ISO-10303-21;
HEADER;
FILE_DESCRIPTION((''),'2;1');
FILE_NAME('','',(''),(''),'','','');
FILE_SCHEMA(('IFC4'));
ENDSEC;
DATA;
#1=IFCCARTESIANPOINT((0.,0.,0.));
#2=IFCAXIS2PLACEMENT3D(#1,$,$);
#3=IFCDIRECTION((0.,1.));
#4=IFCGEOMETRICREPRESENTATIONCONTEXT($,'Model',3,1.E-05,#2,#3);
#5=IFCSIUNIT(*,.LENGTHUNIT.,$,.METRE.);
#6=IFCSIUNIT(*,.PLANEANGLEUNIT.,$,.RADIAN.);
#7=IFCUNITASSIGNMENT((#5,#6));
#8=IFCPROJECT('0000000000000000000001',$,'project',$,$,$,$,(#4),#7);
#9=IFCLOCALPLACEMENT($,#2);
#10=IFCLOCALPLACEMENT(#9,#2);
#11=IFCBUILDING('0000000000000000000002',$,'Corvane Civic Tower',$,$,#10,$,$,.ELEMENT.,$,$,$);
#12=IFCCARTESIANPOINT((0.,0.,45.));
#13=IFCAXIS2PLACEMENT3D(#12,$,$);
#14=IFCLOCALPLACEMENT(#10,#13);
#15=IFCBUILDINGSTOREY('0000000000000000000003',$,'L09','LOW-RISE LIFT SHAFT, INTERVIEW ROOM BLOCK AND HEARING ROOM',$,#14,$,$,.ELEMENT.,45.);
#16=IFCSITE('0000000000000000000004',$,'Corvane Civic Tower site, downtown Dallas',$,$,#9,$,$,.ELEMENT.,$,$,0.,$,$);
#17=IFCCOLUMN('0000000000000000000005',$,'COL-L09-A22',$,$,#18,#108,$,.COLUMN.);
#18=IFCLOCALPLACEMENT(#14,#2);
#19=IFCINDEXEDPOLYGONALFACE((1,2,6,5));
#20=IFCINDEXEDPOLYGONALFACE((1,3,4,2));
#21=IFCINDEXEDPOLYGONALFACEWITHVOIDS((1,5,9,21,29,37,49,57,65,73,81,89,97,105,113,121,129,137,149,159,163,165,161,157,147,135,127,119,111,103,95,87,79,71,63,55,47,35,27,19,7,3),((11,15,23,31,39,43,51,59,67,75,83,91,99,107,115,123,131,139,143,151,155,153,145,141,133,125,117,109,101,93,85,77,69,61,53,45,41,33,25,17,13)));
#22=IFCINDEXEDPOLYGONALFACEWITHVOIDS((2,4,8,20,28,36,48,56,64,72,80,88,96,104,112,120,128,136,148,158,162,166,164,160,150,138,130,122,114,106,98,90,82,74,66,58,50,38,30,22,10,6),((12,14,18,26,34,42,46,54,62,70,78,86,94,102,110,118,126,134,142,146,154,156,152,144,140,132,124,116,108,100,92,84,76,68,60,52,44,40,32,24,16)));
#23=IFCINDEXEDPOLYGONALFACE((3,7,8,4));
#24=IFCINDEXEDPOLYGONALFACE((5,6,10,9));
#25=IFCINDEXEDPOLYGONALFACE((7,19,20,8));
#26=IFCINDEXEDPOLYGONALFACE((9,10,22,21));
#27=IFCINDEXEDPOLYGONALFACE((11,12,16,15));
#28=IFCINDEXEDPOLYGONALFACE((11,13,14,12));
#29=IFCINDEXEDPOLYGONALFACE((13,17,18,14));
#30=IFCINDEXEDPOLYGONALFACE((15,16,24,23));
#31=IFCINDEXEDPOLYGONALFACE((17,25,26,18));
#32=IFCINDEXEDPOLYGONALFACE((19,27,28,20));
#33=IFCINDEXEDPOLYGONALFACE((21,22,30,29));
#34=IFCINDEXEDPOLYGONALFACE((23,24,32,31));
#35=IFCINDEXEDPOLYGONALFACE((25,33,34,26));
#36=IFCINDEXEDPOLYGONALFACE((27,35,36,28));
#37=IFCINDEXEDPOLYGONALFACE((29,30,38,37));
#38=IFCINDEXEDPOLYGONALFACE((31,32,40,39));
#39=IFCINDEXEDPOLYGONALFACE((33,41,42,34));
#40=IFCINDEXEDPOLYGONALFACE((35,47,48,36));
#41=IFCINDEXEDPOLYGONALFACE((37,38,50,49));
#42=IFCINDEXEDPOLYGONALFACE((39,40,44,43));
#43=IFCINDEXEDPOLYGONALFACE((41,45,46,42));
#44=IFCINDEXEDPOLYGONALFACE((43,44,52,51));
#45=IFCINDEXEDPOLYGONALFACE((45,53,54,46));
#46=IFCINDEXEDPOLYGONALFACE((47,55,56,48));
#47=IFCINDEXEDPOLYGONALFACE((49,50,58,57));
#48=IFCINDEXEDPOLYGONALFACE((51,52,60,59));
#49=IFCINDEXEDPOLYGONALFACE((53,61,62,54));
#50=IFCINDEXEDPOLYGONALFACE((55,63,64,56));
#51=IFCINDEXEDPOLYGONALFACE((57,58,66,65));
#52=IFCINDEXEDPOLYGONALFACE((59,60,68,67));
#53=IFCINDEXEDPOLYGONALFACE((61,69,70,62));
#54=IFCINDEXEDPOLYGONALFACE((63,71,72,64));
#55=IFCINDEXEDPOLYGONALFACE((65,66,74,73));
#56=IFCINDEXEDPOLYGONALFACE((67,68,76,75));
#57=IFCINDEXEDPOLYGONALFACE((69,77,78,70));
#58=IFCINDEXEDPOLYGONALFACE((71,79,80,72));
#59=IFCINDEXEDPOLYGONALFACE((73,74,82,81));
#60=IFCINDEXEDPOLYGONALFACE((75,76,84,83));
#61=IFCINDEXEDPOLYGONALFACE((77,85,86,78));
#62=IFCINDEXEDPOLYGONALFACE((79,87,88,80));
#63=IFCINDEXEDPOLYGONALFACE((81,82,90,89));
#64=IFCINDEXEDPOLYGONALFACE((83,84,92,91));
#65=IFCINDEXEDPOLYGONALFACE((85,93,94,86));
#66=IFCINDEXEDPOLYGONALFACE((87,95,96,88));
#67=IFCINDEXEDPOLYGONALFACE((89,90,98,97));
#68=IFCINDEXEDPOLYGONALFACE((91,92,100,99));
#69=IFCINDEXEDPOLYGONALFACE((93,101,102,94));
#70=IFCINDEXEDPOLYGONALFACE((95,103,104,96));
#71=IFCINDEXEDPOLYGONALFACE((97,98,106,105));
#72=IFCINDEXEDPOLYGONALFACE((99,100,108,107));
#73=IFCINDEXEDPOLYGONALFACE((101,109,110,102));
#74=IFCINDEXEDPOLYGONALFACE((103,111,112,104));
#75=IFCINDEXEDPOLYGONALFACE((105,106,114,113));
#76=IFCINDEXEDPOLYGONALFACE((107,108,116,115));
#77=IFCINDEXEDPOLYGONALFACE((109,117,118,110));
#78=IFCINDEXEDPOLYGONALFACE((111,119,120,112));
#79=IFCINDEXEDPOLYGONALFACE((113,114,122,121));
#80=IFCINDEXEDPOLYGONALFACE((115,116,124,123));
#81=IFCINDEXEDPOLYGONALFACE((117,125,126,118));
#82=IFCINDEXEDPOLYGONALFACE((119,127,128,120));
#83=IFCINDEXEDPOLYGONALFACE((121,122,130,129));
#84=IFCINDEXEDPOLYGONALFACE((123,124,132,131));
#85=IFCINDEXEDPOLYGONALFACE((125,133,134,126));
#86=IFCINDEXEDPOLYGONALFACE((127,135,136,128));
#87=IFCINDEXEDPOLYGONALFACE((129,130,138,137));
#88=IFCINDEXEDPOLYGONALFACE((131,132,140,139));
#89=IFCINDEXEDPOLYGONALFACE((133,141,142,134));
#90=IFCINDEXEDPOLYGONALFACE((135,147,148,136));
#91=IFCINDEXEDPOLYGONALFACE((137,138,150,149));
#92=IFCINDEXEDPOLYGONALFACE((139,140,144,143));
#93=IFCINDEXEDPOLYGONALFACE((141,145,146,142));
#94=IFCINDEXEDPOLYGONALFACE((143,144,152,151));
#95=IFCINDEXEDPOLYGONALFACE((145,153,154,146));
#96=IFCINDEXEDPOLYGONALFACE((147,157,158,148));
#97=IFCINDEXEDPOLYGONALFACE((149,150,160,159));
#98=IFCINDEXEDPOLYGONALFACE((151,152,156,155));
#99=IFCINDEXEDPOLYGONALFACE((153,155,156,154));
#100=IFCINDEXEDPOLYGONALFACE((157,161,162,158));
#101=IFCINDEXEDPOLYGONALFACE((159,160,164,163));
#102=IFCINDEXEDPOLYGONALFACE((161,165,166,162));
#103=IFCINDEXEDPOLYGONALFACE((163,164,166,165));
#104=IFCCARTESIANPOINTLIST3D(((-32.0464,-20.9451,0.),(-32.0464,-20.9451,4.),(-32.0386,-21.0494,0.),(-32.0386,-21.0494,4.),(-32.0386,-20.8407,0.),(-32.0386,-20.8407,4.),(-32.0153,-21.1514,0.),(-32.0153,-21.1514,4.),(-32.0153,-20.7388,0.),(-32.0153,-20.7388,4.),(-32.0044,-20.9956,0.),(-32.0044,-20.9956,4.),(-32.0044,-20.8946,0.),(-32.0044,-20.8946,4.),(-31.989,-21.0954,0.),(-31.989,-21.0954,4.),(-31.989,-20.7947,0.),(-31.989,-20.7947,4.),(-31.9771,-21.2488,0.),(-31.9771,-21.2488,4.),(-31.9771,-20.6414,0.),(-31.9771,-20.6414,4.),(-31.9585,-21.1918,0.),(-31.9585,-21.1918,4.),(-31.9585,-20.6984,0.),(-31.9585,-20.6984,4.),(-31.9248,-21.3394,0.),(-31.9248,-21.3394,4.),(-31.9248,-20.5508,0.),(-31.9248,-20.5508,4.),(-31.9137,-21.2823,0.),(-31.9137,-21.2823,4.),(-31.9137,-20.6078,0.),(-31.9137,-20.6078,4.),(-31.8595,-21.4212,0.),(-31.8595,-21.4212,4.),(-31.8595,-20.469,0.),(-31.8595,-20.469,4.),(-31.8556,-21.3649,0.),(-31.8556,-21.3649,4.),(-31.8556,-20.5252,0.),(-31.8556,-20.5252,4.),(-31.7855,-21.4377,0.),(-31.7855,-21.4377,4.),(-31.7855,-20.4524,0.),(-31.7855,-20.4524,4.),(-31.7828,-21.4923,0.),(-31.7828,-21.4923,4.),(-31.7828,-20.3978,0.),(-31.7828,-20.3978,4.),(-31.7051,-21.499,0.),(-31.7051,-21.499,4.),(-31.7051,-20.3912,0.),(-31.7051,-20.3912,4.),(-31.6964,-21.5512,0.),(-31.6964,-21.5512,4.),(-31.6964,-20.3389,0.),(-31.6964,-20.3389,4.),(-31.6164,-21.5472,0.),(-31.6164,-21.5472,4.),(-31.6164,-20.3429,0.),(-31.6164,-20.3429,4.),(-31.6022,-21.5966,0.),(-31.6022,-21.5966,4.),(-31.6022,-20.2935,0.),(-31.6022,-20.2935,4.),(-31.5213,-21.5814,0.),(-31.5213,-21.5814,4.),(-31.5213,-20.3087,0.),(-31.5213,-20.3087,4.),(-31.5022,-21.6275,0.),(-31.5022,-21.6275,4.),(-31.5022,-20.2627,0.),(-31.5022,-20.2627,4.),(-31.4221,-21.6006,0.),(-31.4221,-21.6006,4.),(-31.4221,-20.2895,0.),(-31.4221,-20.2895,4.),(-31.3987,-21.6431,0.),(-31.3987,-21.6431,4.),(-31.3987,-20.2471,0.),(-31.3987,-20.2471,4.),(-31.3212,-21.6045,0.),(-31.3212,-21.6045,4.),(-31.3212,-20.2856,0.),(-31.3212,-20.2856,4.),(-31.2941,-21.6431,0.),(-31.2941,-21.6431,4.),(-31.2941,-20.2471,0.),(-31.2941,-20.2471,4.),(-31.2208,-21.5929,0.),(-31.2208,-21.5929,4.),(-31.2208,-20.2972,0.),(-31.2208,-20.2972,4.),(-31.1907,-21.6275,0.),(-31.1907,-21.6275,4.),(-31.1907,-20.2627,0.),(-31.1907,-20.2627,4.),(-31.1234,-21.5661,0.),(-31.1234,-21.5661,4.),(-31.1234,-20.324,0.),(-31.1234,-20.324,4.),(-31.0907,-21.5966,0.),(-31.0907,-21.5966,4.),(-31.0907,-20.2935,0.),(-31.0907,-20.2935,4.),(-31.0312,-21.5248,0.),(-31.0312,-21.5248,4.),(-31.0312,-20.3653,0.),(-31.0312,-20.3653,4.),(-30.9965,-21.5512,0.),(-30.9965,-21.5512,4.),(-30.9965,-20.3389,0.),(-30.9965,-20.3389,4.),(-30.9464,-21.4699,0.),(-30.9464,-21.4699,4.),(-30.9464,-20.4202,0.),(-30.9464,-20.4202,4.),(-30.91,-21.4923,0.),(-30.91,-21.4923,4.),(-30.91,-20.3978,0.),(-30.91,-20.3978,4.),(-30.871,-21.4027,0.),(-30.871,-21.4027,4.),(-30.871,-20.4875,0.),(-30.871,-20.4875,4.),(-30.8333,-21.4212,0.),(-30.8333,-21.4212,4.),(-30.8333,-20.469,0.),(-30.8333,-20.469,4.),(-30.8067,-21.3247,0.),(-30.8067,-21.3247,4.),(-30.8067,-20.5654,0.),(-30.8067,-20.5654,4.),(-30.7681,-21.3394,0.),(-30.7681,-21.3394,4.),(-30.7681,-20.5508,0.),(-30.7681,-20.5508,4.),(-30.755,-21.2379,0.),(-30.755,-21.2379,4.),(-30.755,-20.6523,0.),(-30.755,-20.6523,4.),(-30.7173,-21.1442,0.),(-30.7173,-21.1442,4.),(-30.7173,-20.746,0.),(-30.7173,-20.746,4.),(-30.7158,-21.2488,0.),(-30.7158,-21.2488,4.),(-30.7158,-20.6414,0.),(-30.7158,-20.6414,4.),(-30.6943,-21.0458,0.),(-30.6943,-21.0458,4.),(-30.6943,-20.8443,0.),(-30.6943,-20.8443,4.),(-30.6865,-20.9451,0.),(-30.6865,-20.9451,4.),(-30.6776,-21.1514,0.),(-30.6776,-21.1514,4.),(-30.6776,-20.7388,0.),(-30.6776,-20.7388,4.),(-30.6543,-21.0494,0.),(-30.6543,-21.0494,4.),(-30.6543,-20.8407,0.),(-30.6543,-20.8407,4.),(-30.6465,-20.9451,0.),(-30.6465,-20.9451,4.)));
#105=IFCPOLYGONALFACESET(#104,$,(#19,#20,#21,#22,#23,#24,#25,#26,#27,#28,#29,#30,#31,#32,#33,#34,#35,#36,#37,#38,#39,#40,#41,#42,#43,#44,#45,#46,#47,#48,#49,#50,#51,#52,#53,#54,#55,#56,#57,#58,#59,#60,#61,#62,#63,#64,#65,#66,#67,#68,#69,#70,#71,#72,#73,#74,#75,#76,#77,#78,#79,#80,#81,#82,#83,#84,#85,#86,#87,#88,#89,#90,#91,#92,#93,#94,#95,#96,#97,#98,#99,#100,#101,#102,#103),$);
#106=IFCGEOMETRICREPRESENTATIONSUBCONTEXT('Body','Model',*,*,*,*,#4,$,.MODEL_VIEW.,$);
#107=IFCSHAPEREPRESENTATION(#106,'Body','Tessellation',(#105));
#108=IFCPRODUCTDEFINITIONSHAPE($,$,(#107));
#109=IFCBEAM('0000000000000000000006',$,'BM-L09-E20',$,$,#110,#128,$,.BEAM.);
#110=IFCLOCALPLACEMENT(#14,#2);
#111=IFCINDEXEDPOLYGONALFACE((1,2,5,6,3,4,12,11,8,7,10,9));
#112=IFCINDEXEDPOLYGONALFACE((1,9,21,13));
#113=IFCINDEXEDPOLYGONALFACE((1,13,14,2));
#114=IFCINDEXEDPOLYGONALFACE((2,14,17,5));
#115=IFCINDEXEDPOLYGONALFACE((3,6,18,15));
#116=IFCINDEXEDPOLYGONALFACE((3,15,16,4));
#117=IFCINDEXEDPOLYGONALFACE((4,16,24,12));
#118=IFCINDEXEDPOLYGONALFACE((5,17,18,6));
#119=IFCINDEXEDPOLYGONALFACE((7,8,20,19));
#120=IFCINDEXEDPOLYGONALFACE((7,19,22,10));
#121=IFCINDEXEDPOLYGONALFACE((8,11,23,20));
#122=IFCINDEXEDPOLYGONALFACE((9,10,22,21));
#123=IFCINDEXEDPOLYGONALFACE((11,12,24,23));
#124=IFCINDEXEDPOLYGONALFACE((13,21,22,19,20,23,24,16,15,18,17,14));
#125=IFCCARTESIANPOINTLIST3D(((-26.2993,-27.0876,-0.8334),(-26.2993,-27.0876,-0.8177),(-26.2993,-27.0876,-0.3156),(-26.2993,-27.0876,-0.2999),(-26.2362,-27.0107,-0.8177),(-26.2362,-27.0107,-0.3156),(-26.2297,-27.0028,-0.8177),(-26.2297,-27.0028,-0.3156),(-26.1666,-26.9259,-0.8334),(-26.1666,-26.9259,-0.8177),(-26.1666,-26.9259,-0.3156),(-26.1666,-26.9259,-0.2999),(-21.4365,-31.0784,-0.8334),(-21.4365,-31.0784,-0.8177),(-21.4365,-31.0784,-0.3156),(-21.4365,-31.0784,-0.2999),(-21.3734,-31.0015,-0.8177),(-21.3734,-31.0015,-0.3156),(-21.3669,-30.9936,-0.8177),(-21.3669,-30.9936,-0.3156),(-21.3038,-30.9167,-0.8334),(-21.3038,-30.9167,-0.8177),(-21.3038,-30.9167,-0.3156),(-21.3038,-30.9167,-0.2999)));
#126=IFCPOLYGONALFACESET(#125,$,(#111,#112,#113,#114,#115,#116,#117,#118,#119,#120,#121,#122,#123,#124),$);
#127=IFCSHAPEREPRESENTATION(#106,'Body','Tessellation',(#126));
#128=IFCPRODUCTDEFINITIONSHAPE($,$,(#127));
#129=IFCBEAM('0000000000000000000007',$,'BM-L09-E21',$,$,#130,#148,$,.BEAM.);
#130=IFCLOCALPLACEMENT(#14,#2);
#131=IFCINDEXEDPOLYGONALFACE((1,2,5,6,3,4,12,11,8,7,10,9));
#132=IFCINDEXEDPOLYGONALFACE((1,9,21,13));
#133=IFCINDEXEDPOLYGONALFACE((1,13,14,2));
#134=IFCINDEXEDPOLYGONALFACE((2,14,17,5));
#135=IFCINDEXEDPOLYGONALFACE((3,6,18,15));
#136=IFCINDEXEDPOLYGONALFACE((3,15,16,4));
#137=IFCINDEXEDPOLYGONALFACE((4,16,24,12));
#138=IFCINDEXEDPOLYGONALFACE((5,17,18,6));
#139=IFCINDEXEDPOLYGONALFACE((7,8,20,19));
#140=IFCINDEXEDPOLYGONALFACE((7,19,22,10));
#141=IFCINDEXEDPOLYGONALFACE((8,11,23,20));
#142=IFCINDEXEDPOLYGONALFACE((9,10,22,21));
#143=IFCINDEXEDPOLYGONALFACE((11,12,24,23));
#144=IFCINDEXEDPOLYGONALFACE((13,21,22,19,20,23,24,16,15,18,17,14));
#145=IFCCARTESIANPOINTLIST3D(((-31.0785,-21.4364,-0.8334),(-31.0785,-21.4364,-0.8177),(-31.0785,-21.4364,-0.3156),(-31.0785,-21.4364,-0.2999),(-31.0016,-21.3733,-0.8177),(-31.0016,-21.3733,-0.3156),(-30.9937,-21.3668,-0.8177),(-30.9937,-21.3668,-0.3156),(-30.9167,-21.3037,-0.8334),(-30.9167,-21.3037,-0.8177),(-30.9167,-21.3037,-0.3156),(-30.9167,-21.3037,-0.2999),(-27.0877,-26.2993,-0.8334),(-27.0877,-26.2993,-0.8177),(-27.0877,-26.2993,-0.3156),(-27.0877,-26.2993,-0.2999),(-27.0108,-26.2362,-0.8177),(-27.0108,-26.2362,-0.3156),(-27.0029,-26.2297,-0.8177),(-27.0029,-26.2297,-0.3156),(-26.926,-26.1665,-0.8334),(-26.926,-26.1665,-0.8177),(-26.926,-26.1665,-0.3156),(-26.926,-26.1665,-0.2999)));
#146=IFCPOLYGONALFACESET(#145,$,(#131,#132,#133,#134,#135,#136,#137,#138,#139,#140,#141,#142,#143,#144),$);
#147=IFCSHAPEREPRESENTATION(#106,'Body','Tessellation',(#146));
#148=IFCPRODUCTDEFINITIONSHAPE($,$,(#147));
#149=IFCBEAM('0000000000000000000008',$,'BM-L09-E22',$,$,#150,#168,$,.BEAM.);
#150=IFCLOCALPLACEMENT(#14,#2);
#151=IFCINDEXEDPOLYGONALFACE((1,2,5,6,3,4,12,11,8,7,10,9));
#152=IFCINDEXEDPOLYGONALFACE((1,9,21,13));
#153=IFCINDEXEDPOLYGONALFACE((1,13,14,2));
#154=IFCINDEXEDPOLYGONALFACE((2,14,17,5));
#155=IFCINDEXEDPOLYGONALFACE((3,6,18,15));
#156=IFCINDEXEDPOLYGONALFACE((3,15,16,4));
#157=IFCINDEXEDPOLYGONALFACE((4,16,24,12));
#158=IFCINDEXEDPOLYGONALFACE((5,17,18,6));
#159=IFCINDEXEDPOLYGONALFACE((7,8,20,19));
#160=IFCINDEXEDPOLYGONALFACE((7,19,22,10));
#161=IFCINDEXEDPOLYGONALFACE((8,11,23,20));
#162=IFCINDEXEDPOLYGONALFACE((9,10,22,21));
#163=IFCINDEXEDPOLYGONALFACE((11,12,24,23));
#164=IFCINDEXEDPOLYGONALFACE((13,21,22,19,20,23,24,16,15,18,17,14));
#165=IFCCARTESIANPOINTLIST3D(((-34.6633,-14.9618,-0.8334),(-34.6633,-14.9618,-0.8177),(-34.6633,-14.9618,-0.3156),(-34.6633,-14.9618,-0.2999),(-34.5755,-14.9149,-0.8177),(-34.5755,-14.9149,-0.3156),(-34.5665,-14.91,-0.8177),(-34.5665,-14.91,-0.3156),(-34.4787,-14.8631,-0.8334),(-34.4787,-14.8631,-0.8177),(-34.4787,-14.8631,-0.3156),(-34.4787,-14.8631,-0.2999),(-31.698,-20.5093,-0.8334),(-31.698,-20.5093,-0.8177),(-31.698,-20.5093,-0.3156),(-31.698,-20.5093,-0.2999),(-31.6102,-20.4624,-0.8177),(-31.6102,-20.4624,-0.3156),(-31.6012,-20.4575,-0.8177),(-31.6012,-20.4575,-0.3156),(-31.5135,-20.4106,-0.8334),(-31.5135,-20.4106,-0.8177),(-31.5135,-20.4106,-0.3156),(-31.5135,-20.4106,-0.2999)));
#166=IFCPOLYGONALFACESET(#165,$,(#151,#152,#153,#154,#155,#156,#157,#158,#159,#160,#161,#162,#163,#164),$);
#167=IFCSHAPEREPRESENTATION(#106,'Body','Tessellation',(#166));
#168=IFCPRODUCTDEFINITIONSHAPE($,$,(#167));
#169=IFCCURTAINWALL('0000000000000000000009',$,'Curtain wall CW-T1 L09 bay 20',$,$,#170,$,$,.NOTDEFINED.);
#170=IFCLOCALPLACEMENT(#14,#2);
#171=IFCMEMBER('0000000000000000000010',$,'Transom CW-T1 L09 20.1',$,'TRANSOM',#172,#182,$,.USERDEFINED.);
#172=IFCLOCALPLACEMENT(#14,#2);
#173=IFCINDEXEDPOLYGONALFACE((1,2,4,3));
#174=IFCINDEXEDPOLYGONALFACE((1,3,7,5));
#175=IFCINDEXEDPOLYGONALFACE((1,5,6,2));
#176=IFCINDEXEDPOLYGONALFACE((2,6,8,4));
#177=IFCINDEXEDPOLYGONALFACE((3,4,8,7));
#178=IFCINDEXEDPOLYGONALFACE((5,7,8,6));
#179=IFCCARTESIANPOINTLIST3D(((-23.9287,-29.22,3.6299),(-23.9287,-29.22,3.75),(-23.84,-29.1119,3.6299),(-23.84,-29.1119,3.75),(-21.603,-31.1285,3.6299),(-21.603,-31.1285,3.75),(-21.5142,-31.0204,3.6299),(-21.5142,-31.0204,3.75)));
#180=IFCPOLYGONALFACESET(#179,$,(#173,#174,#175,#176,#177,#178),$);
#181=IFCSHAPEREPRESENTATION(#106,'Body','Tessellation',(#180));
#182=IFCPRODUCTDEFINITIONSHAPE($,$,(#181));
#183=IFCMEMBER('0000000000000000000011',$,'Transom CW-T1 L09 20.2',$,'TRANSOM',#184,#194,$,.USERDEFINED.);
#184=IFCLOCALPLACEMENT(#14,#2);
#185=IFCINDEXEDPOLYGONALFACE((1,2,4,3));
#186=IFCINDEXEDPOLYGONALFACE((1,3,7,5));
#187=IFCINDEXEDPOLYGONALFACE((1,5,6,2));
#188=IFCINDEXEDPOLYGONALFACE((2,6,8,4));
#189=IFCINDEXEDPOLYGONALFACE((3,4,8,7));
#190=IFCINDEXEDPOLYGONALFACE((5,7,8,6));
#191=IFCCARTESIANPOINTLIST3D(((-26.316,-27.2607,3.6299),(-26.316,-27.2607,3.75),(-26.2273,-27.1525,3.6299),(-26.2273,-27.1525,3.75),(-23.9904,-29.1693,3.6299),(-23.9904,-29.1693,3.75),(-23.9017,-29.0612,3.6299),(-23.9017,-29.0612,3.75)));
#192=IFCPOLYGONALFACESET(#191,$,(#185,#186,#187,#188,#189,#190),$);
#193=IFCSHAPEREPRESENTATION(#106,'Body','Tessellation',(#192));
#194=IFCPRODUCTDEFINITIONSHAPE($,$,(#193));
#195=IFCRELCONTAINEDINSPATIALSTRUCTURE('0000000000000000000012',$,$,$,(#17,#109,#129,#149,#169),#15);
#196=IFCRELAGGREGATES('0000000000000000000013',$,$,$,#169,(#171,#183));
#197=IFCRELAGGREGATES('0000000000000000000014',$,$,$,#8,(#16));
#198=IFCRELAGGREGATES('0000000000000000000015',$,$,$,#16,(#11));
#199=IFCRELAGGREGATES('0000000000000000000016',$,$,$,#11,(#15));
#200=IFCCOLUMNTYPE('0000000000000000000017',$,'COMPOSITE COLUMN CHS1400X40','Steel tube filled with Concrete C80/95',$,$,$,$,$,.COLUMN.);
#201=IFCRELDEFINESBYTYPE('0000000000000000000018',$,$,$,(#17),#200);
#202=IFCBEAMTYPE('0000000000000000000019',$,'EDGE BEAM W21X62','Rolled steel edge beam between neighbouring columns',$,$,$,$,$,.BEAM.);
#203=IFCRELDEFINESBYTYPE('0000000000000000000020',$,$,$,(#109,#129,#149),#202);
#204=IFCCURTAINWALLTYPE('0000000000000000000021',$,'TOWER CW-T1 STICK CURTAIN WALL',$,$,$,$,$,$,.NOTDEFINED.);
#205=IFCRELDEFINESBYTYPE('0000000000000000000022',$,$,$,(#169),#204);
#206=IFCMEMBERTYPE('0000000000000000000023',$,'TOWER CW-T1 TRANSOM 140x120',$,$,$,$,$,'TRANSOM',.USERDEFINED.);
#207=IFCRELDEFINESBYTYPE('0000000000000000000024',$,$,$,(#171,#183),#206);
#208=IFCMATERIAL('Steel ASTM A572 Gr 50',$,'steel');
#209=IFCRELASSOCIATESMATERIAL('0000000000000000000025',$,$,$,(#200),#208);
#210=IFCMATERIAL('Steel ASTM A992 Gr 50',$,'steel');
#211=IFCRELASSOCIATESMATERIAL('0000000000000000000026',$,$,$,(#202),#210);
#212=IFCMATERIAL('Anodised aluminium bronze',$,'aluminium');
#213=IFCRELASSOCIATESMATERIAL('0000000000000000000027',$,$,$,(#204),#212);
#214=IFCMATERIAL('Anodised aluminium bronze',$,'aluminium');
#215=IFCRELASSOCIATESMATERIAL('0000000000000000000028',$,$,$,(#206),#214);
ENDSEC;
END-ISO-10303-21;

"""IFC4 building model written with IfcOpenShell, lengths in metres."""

from ifc_helpers import new_model, si_unit, direction, frame, origin, origin_2d, place, context, subcontext, project, spatial, rectangle, hollow_circle, i_section, extrude, material, material_profile, profile_set, type_object, element, aggregate, save


model = new_model("IFC4")

# Units and contexts
model_context = context("Model", 3, precision=1e-05, world=origin(), true_north=direction((0.0, 1.0)))
body_context = subcontext(model_context, "Body", "Model", "MODEL_VIEW")
ifc_project = project(units=[si_unit("LENGTHUNIT", "METRE"), si_unit("PLANEANGLEUNIT", "RADIAN")], contexts=[model_context])

# Site, building, storey
site_placement = place(None, origin())
site = spatial("IfcSite", under=ifc_project, at=site_placement, Name="Corvane Civic Tower site, downtown Dallas", CompositionType="ELEMENT", RefElevation=0.0)
building_placement = place(site_placement, origin())
building = spatial("IfcBuilding", under=site, at=building_placement, Name="Corvane Civic Tower", CompositionType="ELEMENT")
storey_placement = place(building_placement, frame((0.0, 0.0, 45.0)))
storey = spatial("IfcBuildingStorey", under=building, at=storey_placement, Name="L09", Description="LOW-RISE LIFT SHAFT, INTERVIEW ROOM BLOCK AND HEARING ROOM", CompositionType="ELEMENT", Elevation=45.0)

# Column
ifc_material_1 = material(Name="Steel ASTM A572 Gr 50", Category="steel")
ifc_material_profile_1 = material_profile(ifc_material_1, hollow_circle(Radius=0.7, WallThickness=0.04, at=origin_2d()), Name="CHS1400X40")
ifc_profile_set_1 = profile_set([ifc_material_profile_1], Name="Steel ASTM A572 Gr 50")
column_type = type_object("IfcColumnType", Name="COMPOSITE COLUMN CHS1400X40", Description="Steel tube filled with Concrete C80/95", PredefinedType="COLUMN", material=ifc_profile_set_1)
for number, where, z_axis, x_axis, name in (
    (1, (-31.3464, -20.9451, 0.0), (0.0, 0.0, 1.0), (1.0, 0.0, 0.0), "COL-L09-A22"),
):
    element("IfcColumn", number, at=place(storey_placement, frame(where, z_axis=z_axis, x_axis=x_axis)), inside=storey, type_object=column_type, Name=name, PredefinedType="COLUMN", context=body_context, shape_type="SweptSolid", body=[
        extrude(hollow_circle(Radius=0.7, WallThickness=0.04, at=origin_2d()), origin(), (0.0, 0.0, 1.0), 4.0),
    ])

# Beams
ifc_material_2 = material(Name="Steel ASTM A992 Gr 50", Category="steel")
ifc_material_profile_2 = material_profile(ifc_material_2, i_section(OverallWidth=0.2092, OverallDepth=0.5334, WebThickness=0.0103, FlangeThickness=0.0156, at=origin_2d()), Name="W21X62")
ifc_profile_set_2 = profile_set([ifc_material_profile_2], Name="Steel ASTM A992 Gr 50")
beam_type = type_object("IfcBeamType", Name="EDGE BEAM W21X62", Description="Rolled steel edge beam between neighbouring columns", PredefinedType="BEAM", material=ifc_profile_set_2)
for number, where, z_axis, x_axis, name in (
    (2, (-21.3701, -30.9976, -0.5667), (-0.773016, 0.634387, 0.0), (-0.634387, -0.773016, 0.0), "BM-L09-E20"),
    (3, (-27.0068, -26.2329, -0.5667), (-0.634387, 0.773016, 0.0), (-0.773016, -0.634387, 0.0), "BM-L09-E21"),
):
    element("IfcBeam", number, at=place(storey_placement, frame(where, z_axis=z_axis, x_axis=x_axis)), inside=storey, type_object=beam_type, Name=name, PredefinedType="BEAM", context=body_context, shape_type="SweptSolid", body=[
        extrude(i_section(OverallWidth=0.2092, OverallDepth=0.5334, WebThickness=0.0103, FlangeThickness=0.0156, at=origin_2d()), origin(), (0.0, 0.0, 1.0), 6.2908),
    ])
beam_placement = place(storey_placement, frame((-31.6057, -20.46, -0.5667), z_axis=(-0.471406, 0.881916, 0.0), x_axis=(-0.881916, -0.471406, 0.0)))
element("IfcBeam", 4, at=beam_placement, inside=storey, type_object=beam_type, Name="BM-L09-E22", PredefinedType="BEAM", context=body_context, shape_type="SweptSolid", body=[
    extrude(i_section(OverallWidth=0.2092, OverallDepth=0.5334, WebThickness=0.0103, FlangeThickness=0.0156, at=origin_2d()), origin(), (0.0, 0.0, 1.0), 6.2903),
])

# Curtain wall, members
ifc_material_3 = material(Name="Anodised aluminium bronze", Category="aluminium")
curtain_wall_type = type_object("IfcCurtainWallType", Name="TOWER CW-T1 STICK CURTAIN WALL", PredefinedType="NOTDEFINED", material=ifc_material_3)
curtain_wall_1_placement = place(storey_placement, origin())
curtain_wall_1 = element("IfcCurtainWall", 5, at=curtain_wall_1_placement, inside=storey, type_object=curtain_wall_type, Name="Curtain wall CW-T1 L09 bay 20", PredefinedType="NOTDEFINED")
ifc_material_4 = material(Name="Anodised aluminium bronze", Category="aluminium")
ifc_material_profile_3 = material_profile(ifc_material_4, rectangle(XDim=0.1399, YDim=0.1201, at=origin_2d()), Name="TOWER CW-T1 TRANSOM 140x120")
ifc_profile_set_3 = profile_set([ifc_material_profile_3], Name="Anodised aluminium bronze")
member_type_1 = type_object("IfcMemberType", Name="TOWER CW-T1 TRANSOM 140x120", ElementType="TRANSOM", PredefinedType="USERDEFINED", material=ifc_profile_set_3)
member_1_placement = place(storey_placement, frame((-21.5586, -31.0745, 3.6899), z_axis=(-0.773042, 0.634355, 0.0), x_axis=(-0.634355, -0.773042, 0.0)))
member_1 = element("IfcMember", 6, at=member_1_placement, type_object=member_type_1, Name="Transom CW-T1 L09 20.1", ObjectType="TRANSOM", PredefinedType="USERDEFINED", context=body_context, shape_type="SweptSolid", body=[
    extrude(rectangle(XDim=0.1399, YDim=0.1201, at=origin_2d()), origin(), (0.0, 0.0, 1.0), 3.0085),
])
member_2_placement = place(storey_placement, frame((-23.946, -29.1152, 3.6899), z_axis=(-0.773002, 0.634404, 0.0), x_axis=(-0.634404, -0.773002, 0.0)))
member_2 = element("IfcMember", 7, at=member_2_placement, type_object=member_type_1, Name="Transom CW-T1 L09 20.2", ObjectType="TRANSOM", PredefinedType="USERDEFINED", context=body_context, shape_type="SweptSolid", body=[
    extrude(rectangle(XDim=0.1399, YDim=0.1201, at=origin_2d()), origin(), (0.0, 0.0, 1.0), 3.0085),
])

aggregate(curtain_wall_1, [member_1, member_2])

save(model, "model.ifc")
